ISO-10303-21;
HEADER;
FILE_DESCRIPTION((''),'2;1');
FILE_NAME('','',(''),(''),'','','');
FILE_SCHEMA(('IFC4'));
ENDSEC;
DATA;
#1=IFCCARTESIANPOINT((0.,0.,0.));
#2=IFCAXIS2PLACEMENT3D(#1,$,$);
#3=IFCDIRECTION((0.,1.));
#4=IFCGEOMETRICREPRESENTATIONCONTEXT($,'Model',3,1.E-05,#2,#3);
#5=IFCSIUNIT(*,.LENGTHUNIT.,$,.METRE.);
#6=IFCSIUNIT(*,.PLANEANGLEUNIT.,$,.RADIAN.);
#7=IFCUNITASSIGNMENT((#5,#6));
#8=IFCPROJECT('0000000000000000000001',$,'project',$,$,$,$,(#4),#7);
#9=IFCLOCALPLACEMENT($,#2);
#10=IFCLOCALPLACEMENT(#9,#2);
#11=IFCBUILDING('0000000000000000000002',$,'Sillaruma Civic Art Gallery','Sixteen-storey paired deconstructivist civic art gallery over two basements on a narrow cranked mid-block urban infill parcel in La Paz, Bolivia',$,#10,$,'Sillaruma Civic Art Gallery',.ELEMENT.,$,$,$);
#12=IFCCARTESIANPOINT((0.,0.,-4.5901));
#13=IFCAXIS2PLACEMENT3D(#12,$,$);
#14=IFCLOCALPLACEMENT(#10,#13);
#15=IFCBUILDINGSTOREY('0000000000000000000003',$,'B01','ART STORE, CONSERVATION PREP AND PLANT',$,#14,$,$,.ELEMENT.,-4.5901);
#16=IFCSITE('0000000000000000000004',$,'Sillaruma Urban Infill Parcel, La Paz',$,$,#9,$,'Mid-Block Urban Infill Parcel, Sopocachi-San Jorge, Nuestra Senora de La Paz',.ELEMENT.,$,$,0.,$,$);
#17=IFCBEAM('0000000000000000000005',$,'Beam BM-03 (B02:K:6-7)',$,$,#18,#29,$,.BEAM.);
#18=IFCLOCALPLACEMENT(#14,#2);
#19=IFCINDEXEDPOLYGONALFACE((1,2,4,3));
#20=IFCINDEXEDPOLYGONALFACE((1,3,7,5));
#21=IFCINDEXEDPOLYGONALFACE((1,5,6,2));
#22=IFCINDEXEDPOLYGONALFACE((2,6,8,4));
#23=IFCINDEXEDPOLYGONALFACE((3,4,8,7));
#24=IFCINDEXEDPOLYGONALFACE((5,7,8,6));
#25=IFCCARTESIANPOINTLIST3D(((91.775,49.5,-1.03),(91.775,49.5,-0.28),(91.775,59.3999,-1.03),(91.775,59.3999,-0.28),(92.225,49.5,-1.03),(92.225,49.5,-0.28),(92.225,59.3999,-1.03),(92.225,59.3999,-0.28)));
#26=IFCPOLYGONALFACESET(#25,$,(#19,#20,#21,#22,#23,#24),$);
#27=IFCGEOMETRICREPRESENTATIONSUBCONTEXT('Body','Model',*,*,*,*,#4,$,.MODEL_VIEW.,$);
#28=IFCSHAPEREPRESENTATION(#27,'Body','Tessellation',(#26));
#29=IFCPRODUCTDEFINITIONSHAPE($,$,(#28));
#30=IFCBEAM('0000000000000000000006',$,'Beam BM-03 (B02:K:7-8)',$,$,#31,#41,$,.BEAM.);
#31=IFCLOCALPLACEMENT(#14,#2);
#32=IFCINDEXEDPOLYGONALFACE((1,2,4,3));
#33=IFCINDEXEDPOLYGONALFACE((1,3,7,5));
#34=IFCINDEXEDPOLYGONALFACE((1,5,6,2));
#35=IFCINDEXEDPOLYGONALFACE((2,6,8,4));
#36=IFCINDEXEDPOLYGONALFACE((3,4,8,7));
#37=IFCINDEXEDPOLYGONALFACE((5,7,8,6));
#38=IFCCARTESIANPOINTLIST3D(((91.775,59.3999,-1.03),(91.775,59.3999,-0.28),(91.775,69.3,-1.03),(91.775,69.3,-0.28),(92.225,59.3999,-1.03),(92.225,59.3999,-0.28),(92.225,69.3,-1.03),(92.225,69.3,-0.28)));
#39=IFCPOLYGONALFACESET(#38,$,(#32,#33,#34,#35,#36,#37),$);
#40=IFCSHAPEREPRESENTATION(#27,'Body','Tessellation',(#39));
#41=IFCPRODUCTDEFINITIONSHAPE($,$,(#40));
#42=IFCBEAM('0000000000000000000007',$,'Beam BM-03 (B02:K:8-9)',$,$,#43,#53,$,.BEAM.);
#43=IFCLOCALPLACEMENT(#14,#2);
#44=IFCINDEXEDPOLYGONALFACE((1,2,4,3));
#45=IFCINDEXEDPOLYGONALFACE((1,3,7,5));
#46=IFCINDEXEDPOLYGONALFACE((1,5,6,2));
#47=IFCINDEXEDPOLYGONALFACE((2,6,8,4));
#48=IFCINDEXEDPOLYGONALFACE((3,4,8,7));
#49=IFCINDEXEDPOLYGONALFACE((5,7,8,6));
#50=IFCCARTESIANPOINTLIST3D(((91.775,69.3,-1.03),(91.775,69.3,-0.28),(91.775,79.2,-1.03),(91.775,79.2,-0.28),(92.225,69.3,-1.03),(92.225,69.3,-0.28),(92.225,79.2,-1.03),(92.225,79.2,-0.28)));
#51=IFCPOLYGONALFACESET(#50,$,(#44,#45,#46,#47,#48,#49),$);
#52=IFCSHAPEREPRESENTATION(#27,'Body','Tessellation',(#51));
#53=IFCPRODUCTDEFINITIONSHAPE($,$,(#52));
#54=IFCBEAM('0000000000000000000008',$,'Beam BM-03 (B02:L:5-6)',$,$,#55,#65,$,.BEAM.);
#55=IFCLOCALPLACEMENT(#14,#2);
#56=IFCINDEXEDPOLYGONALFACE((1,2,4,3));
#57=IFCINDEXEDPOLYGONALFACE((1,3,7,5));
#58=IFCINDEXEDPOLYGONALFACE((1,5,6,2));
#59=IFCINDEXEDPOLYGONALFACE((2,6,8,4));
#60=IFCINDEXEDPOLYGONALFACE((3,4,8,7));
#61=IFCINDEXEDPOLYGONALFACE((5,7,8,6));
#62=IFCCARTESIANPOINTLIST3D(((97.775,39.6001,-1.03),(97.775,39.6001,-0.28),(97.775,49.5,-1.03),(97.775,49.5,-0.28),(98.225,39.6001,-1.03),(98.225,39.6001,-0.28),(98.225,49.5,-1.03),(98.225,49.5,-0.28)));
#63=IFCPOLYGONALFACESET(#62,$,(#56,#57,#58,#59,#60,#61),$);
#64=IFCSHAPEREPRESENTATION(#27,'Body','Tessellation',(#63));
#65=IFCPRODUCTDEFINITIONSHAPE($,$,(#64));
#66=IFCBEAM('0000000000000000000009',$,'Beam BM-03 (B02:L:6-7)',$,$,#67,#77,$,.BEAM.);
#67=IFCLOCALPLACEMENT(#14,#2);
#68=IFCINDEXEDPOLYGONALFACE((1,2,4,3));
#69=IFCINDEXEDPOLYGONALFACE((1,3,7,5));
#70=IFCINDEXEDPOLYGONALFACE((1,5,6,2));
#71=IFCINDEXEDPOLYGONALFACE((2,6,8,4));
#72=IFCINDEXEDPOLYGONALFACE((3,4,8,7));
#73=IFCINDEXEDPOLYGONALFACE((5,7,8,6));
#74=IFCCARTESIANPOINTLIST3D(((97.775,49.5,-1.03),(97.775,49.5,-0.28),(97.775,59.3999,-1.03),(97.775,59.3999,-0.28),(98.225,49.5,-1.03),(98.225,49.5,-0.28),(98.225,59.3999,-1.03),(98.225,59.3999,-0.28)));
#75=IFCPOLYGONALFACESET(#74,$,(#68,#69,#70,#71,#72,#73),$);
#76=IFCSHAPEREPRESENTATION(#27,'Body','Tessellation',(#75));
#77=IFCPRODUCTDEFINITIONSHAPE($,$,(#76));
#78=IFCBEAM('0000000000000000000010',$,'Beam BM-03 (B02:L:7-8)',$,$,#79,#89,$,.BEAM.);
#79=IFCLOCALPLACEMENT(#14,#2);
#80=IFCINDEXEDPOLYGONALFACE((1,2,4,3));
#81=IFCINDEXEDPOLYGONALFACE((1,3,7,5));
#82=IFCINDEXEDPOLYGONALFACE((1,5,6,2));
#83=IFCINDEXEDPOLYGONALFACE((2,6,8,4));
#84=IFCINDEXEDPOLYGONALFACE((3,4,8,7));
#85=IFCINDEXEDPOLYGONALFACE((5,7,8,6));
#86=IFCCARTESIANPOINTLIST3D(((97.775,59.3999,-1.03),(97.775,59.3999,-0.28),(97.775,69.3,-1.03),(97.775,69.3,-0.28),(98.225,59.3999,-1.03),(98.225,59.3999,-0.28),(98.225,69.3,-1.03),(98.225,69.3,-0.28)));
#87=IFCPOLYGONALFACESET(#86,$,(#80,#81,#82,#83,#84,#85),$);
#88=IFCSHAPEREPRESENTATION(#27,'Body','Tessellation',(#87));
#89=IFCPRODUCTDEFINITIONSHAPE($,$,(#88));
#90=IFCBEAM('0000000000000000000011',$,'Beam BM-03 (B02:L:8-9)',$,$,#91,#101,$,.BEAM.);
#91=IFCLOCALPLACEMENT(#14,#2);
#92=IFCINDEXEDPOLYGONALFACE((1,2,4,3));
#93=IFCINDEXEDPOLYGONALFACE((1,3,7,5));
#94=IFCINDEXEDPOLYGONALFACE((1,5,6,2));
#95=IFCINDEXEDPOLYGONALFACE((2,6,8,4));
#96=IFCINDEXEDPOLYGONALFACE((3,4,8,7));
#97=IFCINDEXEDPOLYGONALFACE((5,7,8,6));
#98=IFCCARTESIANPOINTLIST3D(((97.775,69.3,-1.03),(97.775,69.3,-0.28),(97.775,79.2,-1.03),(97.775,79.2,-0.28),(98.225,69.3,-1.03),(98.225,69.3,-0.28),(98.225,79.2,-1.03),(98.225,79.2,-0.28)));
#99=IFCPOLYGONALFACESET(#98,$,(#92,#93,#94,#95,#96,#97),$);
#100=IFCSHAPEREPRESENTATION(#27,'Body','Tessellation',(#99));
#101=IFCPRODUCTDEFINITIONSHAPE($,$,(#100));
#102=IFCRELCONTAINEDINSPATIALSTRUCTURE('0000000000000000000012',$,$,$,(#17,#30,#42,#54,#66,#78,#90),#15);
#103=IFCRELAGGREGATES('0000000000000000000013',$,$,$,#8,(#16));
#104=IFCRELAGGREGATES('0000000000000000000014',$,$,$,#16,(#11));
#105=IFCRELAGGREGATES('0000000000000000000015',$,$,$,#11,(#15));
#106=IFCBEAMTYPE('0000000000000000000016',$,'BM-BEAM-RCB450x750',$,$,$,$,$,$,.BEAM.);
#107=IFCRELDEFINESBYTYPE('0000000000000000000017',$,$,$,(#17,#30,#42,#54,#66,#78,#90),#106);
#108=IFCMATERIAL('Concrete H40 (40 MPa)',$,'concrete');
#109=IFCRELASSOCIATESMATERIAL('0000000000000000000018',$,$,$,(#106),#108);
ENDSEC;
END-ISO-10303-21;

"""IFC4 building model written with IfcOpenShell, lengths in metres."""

from ifc_helpers import new_model, si_unit, direction, frame, origin, origin_2d, place, context, subcontext, project, spatial, rectangle, extrude, material, material_profile, profile_set, type_object, element, save


model = new_model("IFC4")

# Units and contexts
model_context = context("Model", 3, precision=1e-05, world=origin(), true_north=direction((0.0, 1.0)))
body_context = subcontext(model_context, "Body", "Model", "MODEL_VIEW")
ifc_project = project(units=[si_unit("LENGTHUNIT", "METRE"), si_unit("PLANEANGLEUNIT", "RADIAN")], contexts=[model_context])

# Site, building, storey
site_placement = place(None, origin())
site = spatial("IfcSite", under=ifc_project, at=site_placement, Name="Sillaruma Urban Infill Parcel, La Paz", LongName="Mid-Block Urban Infill Parcel, Sopocachi-San Jorge, Nuestra Senora de La Paz", CompositionType="ELEMENT", RefElevation=0.0)
building_placement = place(site_placement, origin())
building = spatial("IfcBuilding", under=site, at=building_placement, Name="Sillaruma Civic Art Gallery", Description="Sixteen-storey paired deconstructivist civic art gallery over two basements on a narrow cranked mid-block urban infill parcel in La Paz, Bolivia", LongName="Sillaruma Civic Art Gallery", CompositionType="ELEMENT")
storey_placement = place(building_placement, frame((0.0, 0.0, -4.5901)))
storey = spatial("IfcBuildingStorey", under=building, at=storey_placement, Name="B01", Description="ART STORE, CONSERVATION PREP AND PLANT", CompositionType="ELEMENT", Elevation=-4.5901)

# Shared definitions
ifc_material_1 = material(Name="Concrete H40 (40 MPa)", Category="concrete")

# Beams
ifc_material_profile_1 = material_profile(ifc_material_1, rectangle(XDim=0.45, YDim=0.75, at=origin_2d()), Name="RCB450x750")
ifc_profile_set_1 = profile_set([ifc_material_profile_1], Name="Concrete H40 (40 MPa)")
beam_type_1 = type_object("IfcBeamType", Name="BM-BEAM-RCB450x750", PredefinedType="BEAM", material=ifc_profile_set_1)
for number, where, z_axis, x_axis, name in (
    (1, (92.0, 49.5, -0.655), (0.0, 1.0, 0.0), (-1.0, 0.0, 0.0), "Beam BM-03 (B02:K:6-7)"),
):
    element("IfcBeam", number, at=place(storey_placement, frame(where, z_axis=z_axis, x_axis=x_axis)), inside=storey, type_object=beam_type_1, Name=name, PredefinedType="BEAM", context=body_context, shape_type="SweptSolid", body=[
        extrude(rectangle(XDim=0.45, YDim=0.75, at=origin_2d()), origin(), (0.0, 0.0, 1.0), 9.8999),
    ])
beam_1_placement = place(storey_placement, frame((92.0, 59.3999, -0.655), z_axis=(0.0, 1.0, 0.0), x_axis=(-1.0, 0.0, 0.0)))
element("IfcBeam", 2, at=beam_1_placement, inside=storey, type_object=beam_type_1, Name="Beam BM-03 (B02:K:7-8)", PredefinedType="BEAM", context=body_context, shape_type="SweptSolid", body=[
    extrude(rectangle(XDim=0.45, YDim=0.75, at=origin_2d()), origin(), (0.0, 0.0, 1.0), 9.9001),
])
for number, where, z_axis, x_axis, name in (
    (3, (92.0, 69.3, -0.655), (0.0, 1.0, 0.0), (-1.0, 0.0, 0.0), "Beam BM-03 (B02:K:8-9)"),
    (4, (98.0, 39.6001, -0.655), (0.0, 1.0, 0.0), (-1.0, 0.0, 0.0), "Beam BM-03 (B02:L:5-6)"),
    (5, (98.0, 49.5, -0.655), (0.0, 1.0, 0.0), (-1.0, 0.0, 0.0), "Beam BM-03 (B02:L:6-7)"),
):
    element("IfcBeam", number, at=place(storey_placement, frame(where, z_axis=z_axis, x_axis=x_axis)), inside=storey, type_object=beam_type_1, Name=name, PredefinedType="BEAM", context=body_context, shape_type="SweptSolid", body=[
        extrude(rectangle(XDim=0.45, YDim=0.75, at=origin_2d()), origin(), (0.0, 0.0, 1.0), 9.8999),
    ])
beam_2_placement = place(storey_placement, frame((98.0, 59.3999, -0.655), z_axis=(0.0, 1.0, 0.0), x_axis=(-1.0, 0.0, 0.0)))
element("IfcBeam", 6, at=beam_2_placement, inside=storey, type_object=beam_type_1, Name="Beam BM-03 (B02:L:7-8)", PredefinedType="BEAM", context=body_context, shape_type="SweptSolid", body=[
    extrude(rectangle(XDim=0.45, YDim=0.75, at=origin_2d()), origin(), (0.0, 0.0, 1.0), 9.9001),
])
beam_3_placement = place(storey_placement, frame((98.0, 69.3, -0.655), z_axis=(0.0, 1.0, 0.0), x_axis=(-1.0, 0.0, 0.0)))
element("IfcBeam", 7, at=beam_3_placement, inside=storey, type_object=beam_type_1, Name="Beam BM-03 (B02:L:8-9)", PredefinedType="BEAM", context=body_context, shape_type="SweptSolid", body=[
    extrude(rectangle(XDim=0.45, YDim=0.75, at=origin_2d()), origin(), (0.0, 0.0, 1.0), 9.8999),
])

save(model, "model.ifc")
